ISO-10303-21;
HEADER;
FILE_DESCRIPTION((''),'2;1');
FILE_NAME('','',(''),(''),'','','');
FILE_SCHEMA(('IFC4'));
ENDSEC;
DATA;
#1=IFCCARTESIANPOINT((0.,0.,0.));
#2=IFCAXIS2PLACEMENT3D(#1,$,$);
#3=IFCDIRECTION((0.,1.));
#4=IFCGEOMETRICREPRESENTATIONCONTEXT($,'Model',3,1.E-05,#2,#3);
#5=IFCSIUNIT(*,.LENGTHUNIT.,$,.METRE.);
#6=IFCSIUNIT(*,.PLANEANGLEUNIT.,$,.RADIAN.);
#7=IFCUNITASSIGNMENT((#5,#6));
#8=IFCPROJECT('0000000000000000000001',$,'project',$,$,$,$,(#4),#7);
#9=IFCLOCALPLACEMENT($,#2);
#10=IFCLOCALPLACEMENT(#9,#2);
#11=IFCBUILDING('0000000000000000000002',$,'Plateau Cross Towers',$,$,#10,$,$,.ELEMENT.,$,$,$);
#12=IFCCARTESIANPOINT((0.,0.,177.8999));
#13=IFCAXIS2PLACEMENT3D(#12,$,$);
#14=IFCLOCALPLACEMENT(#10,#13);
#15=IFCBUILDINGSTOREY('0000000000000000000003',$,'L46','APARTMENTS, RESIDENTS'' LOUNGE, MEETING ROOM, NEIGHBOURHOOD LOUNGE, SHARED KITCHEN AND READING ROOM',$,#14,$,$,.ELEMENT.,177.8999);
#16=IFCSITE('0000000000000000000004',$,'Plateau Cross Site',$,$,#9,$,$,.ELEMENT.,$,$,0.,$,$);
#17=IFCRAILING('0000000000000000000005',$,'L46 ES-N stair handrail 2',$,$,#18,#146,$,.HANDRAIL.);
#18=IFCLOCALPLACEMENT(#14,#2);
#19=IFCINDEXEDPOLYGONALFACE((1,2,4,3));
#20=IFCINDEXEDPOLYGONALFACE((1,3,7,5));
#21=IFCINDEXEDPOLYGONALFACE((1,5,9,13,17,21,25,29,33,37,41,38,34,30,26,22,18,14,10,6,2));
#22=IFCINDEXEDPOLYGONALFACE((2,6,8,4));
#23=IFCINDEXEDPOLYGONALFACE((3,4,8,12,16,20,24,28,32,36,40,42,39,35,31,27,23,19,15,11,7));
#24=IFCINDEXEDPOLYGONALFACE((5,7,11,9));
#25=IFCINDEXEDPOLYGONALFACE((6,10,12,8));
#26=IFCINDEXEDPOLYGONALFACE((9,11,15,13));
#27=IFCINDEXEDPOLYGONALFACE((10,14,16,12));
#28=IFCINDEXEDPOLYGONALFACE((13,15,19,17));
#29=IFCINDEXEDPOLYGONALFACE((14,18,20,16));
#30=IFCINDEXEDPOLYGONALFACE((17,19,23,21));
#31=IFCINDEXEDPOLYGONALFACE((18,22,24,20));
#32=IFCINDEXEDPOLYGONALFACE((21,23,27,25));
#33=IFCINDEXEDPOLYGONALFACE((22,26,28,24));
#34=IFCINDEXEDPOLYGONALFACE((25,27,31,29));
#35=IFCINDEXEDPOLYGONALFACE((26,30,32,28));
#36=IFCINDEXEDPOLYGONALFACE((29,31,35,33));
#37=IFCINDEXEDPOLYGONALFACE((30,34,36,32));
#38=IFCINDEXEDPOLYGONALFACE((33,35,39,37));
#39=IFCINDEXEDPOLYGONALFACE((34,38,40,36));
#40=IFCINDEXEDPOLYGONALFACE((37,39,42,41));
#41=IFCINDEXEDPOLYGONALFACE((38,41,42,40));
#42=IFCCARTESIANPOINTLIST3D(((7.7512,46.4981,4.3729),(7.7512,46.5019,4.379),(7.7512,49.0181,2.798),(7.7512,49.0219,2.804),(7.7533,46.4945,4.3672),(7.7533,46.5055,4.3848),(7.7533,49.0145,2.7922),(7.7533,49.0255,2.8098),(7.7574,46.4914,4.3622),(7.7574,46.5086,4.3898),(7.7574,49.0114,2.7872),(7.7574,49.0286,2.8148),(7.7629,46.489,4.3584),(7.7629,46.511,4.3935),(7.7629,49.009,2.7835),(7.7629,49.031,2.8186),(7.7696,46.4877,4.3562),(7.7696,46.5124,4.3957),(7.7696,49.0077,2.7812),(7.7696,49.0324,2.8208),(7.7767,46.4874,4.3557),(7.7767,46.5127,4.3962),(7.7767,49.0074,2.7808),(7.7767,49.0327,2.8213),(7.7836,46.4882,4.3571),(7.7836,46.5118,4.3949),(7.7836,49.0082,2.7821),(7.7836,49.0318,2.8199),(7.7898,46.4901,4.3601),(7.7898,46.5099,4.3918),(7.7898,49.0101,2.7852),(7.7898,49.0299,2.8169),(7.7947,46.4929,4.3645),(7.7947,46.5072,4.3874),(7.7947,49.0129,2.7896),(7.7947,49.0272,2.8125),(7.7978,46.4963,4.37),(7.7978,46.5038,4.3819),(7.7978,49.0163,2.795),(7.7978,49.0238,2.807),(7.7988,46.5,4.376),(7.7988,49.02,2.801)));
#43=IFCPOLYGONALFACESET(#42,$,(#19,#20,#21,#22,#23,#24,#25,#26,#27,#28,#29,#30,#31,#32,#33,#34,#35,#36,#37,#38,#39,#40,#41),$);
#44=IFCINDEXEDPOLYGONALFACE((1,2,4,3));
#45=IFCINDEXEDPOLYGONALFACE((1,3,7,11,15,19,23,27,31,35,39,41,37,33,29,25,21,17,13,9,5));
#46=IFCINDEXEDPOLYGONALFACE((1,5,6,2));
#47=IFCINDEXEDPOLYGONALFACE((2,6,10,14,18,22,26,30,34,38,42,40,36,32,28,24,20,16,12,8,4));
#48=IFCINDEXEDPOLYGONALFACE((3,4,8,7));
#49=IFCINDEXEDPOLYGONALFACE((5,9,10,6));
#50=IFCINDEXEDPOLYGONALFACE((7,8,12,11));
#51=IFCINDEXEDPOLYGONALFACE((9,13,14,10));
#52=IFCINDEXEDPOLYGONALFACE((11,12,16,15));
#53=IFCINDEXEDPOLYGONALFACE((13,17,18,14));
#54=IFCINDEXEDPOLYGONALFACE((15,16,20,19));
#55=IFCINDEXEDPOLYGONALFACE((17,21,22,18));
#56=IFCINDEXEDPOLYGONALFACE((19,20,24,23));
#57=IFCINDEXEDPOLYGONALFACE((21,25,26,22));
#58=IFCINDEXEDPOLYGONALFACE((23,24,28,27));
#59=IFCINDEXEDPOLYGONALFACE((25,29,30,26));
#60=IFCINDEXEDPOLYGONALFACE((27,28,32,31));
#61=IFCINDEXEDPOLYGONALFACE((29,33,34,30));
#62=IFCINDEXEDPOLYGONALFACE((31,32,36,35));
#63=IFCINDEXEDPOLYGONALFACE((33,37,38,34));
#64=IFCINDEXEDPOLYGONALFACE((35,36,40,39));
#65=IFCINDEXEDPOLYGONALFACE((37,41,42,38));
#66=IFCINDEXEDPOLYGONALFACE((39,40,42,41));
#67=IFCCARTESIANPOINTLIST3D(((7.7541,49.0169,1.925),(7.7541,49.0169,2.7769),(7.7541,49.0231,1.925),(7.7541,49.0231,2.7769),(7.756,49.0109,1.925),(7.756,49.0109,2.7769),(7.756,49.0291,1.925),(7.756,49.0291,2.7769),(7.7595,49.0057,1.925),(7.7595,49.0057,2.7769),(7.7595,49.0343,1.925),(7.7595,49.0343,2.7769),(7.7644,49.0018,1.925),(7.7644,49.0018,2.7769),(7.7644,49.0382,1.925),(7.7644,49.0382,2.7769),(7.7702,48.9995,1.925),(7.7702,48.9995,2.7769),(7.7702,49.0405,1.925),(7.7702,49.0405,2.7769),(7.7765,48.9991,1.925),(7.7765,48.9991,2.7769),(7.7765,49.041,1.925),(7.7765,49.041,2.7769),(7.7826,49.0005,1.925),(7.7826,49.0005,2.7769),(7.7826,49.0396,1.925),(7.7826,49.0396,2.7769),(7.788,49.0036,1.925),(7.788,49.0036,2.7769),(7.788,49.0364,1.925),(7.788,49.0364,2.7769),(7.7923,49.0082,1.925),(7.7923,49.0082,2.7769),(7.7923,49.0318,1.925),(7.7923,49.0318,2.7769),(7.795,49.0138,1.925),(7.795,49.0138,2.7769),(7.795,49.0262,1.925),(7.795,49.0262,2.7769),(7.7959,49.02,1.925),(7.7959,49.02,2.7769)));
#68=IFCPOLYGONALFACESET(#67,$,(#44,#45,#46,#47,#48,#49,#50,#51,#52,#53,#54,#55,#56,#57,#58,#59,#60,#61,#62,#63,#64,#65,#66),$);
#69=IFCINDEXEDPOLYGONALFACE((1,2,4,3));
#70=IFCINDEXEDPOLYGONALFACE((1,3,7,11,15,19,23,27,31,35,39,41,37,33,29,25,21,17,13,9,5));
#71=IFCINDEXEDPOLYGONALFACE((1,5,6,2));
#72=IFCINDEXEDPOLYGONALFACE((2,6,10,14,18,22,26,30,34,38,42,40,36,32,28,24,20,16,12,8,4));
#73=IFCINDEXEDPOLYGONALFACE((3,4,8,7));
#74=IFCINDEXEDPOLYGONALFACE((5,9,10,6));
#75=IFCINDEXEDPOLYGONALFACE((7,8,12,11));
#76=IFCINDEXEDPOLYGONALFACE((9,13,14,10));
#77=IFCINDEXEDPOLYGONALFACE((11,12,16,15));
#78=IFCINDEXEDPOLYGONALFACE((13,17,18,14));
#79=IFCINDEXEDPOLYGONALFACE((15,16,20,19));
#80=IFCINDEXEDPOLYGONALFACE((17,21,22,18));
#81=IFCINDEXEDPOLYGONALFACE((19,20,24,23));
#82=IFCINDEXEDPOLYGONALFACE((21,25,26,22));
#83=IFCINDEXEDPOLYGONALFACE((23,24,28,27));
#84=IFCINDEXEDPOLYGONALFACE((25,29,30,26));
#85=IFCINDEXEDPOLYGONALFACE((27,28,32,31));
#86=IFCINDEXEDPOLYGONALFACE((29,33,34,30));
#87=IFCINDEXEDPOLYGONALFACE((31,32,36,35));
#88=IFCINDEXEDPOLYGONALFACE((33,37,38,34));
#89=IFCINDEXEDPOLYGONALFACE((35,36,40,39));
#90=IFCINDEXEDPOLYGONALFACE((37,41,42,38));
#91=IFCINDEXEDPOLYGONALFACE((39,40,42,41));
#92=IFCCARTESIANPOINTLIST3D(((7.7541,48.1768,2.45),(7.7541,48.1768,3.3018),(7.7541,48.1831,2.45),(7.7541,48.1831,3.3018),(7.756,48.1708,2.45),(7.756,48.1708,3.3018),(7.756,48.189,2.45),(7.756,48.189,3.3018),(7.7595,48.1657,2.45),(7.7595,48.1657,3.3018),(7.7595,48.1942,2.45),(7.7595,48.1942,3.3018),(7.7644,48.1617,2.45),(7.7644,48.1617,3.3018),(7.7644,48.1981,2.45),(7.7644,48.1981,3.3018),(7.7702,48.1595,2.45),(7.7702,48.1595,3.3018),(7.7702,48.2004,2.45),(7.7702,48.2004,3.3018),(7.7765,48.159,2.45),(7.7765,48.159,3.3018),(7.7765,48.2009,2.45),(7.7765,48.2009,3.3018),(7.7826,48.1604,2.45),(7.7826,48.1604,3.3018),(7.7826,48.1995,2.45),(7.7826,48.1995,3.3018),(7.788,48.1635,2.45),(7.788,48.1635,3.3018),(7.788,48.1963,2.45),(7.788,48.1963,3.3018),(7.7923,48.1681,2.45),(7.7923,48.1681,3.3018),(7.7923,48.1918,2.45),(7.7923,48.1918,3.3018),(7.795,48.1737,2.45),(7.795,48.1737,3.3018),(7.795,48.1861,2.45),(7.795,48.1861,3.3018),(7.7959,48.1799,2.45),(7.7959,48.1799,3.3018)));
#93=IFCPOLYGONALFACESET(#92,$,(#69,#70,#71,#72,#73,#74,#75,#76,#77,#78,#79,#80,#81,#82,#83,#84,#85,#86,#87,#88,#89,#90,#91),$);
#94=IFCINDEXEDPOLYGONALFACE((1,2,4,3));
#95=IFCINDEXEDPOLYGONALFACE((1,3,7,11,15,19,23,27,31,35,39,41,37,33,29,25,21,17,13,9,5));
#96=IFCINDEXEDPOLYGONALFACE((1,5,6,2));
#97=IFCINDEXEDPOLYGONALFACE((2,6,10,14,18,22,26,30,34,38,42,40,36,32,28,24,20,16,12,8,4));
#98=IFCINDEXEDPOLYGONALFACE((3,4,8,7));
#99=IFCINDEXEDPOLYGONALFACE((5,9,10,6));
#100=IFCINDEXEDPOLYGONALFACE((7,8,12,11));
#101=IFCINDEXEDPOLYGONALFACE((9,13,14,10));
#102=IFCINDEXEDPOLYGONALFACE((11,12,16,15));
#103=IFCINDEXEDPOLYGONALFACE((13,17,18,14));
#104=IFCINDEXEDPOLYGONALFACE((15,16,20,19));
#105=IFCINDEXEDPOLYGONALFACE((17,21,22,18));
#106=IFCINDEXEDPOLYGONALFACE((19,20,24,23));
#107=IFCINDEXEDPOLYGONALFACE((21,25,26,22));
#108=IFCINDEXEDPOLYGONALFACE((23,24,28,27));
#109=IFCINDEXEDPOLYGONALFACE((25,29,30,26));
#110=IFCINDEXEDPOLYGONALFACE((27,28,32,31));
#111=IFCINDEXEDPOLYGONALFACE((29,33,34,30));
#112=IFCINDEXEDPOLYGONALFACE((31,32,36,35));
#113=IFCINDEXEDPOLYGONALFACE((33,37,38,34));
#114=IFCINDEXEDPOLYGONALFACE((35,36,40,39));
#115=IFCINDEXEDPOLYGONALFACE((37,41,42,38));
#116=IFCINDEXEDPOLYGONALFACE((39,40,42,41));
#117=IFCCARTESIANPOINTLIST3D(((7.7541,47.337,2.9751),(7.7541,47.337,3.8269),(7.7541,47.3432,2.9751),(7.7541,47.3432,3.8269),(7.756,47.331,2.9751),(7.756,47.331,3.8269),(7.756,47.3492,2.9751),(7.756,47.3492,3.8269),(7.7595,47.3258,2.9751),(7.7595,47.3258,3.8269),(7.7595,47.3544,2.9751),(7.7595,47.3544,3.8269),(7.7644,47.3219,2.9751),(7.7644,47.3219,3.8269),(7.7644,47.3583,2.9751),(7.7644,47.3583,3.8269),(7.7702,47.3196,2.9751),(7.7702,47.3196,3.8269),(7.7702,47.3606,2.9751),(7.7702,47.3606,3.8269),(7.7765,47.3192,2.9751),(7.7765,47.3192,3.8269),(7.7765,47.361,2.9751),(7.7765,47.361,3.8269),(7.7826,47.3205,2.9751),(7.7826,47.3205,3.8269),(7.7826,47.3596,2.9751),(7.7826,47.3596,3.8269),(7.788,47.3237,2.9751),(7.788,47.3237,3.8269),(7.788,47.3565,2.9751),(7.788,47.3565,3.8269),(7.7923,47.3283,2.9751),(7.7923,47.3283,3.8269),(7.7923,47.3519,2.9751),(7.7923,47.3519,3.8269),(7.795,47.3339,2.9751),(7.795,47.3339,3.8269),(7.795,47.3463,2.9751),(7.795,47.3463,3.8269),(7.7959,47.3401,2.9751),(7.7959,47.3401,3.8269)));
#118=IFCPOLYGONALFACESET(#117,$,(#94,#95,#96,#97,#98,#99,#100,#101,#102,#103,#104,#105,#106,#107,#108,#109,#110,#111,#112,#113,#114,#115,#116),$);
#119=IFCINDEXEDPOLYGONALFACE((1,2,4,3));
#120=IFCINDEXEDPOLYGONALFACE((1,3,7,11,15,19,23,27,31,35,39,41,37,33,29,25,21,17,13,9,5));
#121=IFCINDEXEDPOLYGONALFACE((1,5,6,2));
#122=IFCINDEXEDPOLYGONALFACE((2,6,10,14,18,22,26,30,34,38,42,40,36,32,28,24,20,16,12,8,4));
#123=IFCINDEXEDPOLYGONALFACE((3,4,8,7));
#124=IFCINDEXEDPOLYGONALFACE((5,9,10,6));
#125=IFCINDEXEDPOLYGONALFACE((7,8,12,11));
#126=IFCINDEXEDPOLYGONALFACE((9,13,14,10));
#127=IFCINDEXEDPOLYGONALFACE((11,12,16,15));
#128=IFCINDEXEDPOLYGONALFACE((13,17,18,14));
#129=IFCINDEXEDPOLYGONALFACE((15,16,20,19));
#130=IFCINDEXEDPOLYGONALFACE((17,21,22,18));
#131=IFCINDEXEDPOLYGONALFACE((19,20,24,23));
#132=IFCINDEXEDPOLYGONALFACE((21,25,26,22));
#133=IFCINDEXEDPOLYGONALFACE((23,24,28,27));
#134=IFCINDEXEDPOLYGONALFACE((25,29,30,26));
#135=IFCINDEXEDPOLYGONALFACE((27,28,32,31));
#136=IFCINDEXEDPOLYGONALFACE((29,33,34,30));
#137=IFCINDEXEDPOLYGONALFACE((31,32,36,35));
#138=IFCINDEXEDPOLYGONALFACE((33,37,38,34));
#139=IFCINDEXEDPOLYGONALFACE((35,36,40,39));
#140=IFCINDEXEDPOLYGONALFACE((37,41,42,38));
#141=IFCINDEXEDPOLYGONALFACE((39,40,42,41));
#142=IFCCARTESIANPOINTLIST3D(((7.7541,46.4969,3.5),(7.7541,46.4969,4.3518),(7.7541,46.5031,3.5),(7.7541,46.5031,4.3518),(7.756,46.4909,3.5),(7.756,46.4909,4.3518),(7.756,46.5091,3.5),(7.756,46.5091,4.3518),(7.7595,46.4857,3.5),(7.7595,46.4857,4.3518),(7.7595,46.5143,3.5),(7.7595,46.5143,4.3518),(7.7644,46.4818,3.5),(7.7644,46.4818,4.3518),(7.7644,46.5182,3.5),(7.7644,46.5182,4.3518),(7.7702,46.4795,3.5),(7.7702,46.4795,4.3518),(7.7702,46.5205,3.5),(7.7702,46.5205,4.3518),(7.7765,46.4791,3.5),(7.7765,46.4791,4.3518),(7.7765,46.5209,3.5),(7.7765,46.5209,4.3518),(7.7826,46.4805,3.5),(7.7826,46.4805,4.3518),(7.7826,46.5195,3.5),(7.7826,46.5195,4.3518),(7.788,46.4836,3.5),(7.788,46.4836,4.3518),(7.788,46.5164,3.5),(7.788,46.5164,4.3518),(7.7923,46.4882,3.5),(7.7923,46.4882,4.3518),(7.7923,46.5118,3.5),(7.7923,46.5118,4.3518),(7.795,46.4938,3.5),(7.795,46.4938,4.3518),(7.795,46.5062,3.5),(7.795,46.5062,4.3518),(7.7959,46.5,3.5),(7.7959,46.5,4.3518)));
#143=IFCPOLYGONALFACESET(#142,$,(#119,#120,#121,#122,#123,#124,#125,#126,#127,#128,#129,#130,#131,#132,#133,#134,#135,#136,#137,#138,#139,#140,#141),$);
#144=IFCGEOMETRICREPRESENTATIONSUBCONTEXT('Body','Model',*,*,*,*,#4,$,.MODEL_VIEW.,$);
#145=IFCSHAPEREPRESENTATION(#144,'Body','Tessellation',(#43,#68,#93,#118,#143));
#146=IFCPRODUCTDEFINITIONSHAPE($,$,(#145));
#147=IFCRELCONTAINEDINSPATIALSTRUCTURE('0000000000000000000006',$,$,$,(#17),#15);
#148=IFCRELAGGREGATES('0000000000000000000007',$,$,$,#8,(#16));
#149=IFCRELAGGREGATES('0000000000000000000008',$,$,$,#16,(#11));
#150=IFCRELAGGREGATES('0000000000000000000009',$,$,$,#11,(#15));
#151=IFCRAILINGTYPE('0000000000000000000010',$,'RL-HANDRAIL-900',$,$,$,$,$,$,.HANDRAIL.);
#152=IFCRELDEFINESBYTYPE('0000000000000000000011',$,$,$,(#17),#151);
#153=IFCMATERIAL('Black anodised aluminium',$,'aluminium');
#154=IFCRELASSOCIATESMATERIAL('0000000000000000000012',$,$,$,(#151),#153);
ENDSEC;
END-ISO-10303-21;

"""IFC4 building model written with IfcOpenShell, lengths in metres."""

from ifc_helpers import new_model, si_unit, direction, frame, origin, origin_2d, place, context, subcontext, project, spatial, circle, extrude, material, type_object, element, save


model = new_model("IFC4")

# Units and contexts
model_context = context("Model", 3, precision=1e-05, world=origin(), true_north=direction((0.0, 1.0)))
body_context = subcontext(model_context, "Body", "Model", "MODEL_VIEW")
ifc_project = project(units=[si_unit("LENGTHUNIT", "METRE"), si_unit("PLANEANGLEUNIT", "RADIAN")], contexts=[model_context])

# Site, building, storey
site_placement = place(None, origin())
site = spatial("IfcSite", under=ifc_project, at=site_placement, Name="Plateau Cross Site", CompositionType="ELEMENT", RefElevation=0.0)
building_placement = place(site_placement, origin())
building = spatial("IfcBuilding", under=site, at=building_placement, Name="Plateau Cross Towers", CompositionType="ELEMENT")
storey_placement = place(building_placement, frame((0.0, 0.0, 177.8999)))
storey = spatial("IfcBuildingStorey", under=building, at=storey_placement, Name="L46", Description="APARTMENTS, RESIDENTS' LOUNGE, MEETING ROOM, NEIGHBOURHOOD LOUNGE, SHARED KITCHEN AND READING ROOM", CompositionType="ELEMENT", Elevation=177.8999)

# Shared definitions
ifc_material_1 = material(Name="Black anodised aluminium", Category="aluminium")

# Railing
railing_type_1 = type_object("IfcRailingType", Name="RL-HANDRAIL-900", PredefinedType="HANDRAIL", material=ifc_material_1)
railing_1_placement = place(storey_placement, frame((7.7749, 49.02, 1.925)))
element("IfcRailing", 1, at=railing_1_placement, inside=storey, type_object=railing_type_1, Name="L46 ES-N stair handrail 2", PredefinedType="HANDRAIL", context=body_context, shape_type="SweptSolid", body=[
    extrude(circle(Radius=0.0239, at=origin_2d()), frame((0.0, 0.0, 0.876), z_axis=(0.0, -0.848008, 0.529984), x_axis=(1.0, 0.0, 0.0)), (0.0, 0.0, 1.0), 2.9717),
    extrude(circle(Radius=0.021, at=origin_2d()), origin(), (0.0, 0.0, 1.0), 0.8518),
    extrude(circle(Radius=0.021, at=origin_2d()), frame((0.0, -0.8401, 0.5249)), (0.0, 0.0, 1.0), 0.8518),
    extrude(circle(Radius=0.021, at=origin_2d()), frame((0.0, -1.6799, 1.05)), (0.0, 0.0, 1.0), 0.8518),
    extrude(circle(Radius=0.021, at=origin_2d()), frame((0.0, -2.52, 1.575)), (0.0, 0.0, 1.0), 0.8518),
])

save(model, "model.ifc")
